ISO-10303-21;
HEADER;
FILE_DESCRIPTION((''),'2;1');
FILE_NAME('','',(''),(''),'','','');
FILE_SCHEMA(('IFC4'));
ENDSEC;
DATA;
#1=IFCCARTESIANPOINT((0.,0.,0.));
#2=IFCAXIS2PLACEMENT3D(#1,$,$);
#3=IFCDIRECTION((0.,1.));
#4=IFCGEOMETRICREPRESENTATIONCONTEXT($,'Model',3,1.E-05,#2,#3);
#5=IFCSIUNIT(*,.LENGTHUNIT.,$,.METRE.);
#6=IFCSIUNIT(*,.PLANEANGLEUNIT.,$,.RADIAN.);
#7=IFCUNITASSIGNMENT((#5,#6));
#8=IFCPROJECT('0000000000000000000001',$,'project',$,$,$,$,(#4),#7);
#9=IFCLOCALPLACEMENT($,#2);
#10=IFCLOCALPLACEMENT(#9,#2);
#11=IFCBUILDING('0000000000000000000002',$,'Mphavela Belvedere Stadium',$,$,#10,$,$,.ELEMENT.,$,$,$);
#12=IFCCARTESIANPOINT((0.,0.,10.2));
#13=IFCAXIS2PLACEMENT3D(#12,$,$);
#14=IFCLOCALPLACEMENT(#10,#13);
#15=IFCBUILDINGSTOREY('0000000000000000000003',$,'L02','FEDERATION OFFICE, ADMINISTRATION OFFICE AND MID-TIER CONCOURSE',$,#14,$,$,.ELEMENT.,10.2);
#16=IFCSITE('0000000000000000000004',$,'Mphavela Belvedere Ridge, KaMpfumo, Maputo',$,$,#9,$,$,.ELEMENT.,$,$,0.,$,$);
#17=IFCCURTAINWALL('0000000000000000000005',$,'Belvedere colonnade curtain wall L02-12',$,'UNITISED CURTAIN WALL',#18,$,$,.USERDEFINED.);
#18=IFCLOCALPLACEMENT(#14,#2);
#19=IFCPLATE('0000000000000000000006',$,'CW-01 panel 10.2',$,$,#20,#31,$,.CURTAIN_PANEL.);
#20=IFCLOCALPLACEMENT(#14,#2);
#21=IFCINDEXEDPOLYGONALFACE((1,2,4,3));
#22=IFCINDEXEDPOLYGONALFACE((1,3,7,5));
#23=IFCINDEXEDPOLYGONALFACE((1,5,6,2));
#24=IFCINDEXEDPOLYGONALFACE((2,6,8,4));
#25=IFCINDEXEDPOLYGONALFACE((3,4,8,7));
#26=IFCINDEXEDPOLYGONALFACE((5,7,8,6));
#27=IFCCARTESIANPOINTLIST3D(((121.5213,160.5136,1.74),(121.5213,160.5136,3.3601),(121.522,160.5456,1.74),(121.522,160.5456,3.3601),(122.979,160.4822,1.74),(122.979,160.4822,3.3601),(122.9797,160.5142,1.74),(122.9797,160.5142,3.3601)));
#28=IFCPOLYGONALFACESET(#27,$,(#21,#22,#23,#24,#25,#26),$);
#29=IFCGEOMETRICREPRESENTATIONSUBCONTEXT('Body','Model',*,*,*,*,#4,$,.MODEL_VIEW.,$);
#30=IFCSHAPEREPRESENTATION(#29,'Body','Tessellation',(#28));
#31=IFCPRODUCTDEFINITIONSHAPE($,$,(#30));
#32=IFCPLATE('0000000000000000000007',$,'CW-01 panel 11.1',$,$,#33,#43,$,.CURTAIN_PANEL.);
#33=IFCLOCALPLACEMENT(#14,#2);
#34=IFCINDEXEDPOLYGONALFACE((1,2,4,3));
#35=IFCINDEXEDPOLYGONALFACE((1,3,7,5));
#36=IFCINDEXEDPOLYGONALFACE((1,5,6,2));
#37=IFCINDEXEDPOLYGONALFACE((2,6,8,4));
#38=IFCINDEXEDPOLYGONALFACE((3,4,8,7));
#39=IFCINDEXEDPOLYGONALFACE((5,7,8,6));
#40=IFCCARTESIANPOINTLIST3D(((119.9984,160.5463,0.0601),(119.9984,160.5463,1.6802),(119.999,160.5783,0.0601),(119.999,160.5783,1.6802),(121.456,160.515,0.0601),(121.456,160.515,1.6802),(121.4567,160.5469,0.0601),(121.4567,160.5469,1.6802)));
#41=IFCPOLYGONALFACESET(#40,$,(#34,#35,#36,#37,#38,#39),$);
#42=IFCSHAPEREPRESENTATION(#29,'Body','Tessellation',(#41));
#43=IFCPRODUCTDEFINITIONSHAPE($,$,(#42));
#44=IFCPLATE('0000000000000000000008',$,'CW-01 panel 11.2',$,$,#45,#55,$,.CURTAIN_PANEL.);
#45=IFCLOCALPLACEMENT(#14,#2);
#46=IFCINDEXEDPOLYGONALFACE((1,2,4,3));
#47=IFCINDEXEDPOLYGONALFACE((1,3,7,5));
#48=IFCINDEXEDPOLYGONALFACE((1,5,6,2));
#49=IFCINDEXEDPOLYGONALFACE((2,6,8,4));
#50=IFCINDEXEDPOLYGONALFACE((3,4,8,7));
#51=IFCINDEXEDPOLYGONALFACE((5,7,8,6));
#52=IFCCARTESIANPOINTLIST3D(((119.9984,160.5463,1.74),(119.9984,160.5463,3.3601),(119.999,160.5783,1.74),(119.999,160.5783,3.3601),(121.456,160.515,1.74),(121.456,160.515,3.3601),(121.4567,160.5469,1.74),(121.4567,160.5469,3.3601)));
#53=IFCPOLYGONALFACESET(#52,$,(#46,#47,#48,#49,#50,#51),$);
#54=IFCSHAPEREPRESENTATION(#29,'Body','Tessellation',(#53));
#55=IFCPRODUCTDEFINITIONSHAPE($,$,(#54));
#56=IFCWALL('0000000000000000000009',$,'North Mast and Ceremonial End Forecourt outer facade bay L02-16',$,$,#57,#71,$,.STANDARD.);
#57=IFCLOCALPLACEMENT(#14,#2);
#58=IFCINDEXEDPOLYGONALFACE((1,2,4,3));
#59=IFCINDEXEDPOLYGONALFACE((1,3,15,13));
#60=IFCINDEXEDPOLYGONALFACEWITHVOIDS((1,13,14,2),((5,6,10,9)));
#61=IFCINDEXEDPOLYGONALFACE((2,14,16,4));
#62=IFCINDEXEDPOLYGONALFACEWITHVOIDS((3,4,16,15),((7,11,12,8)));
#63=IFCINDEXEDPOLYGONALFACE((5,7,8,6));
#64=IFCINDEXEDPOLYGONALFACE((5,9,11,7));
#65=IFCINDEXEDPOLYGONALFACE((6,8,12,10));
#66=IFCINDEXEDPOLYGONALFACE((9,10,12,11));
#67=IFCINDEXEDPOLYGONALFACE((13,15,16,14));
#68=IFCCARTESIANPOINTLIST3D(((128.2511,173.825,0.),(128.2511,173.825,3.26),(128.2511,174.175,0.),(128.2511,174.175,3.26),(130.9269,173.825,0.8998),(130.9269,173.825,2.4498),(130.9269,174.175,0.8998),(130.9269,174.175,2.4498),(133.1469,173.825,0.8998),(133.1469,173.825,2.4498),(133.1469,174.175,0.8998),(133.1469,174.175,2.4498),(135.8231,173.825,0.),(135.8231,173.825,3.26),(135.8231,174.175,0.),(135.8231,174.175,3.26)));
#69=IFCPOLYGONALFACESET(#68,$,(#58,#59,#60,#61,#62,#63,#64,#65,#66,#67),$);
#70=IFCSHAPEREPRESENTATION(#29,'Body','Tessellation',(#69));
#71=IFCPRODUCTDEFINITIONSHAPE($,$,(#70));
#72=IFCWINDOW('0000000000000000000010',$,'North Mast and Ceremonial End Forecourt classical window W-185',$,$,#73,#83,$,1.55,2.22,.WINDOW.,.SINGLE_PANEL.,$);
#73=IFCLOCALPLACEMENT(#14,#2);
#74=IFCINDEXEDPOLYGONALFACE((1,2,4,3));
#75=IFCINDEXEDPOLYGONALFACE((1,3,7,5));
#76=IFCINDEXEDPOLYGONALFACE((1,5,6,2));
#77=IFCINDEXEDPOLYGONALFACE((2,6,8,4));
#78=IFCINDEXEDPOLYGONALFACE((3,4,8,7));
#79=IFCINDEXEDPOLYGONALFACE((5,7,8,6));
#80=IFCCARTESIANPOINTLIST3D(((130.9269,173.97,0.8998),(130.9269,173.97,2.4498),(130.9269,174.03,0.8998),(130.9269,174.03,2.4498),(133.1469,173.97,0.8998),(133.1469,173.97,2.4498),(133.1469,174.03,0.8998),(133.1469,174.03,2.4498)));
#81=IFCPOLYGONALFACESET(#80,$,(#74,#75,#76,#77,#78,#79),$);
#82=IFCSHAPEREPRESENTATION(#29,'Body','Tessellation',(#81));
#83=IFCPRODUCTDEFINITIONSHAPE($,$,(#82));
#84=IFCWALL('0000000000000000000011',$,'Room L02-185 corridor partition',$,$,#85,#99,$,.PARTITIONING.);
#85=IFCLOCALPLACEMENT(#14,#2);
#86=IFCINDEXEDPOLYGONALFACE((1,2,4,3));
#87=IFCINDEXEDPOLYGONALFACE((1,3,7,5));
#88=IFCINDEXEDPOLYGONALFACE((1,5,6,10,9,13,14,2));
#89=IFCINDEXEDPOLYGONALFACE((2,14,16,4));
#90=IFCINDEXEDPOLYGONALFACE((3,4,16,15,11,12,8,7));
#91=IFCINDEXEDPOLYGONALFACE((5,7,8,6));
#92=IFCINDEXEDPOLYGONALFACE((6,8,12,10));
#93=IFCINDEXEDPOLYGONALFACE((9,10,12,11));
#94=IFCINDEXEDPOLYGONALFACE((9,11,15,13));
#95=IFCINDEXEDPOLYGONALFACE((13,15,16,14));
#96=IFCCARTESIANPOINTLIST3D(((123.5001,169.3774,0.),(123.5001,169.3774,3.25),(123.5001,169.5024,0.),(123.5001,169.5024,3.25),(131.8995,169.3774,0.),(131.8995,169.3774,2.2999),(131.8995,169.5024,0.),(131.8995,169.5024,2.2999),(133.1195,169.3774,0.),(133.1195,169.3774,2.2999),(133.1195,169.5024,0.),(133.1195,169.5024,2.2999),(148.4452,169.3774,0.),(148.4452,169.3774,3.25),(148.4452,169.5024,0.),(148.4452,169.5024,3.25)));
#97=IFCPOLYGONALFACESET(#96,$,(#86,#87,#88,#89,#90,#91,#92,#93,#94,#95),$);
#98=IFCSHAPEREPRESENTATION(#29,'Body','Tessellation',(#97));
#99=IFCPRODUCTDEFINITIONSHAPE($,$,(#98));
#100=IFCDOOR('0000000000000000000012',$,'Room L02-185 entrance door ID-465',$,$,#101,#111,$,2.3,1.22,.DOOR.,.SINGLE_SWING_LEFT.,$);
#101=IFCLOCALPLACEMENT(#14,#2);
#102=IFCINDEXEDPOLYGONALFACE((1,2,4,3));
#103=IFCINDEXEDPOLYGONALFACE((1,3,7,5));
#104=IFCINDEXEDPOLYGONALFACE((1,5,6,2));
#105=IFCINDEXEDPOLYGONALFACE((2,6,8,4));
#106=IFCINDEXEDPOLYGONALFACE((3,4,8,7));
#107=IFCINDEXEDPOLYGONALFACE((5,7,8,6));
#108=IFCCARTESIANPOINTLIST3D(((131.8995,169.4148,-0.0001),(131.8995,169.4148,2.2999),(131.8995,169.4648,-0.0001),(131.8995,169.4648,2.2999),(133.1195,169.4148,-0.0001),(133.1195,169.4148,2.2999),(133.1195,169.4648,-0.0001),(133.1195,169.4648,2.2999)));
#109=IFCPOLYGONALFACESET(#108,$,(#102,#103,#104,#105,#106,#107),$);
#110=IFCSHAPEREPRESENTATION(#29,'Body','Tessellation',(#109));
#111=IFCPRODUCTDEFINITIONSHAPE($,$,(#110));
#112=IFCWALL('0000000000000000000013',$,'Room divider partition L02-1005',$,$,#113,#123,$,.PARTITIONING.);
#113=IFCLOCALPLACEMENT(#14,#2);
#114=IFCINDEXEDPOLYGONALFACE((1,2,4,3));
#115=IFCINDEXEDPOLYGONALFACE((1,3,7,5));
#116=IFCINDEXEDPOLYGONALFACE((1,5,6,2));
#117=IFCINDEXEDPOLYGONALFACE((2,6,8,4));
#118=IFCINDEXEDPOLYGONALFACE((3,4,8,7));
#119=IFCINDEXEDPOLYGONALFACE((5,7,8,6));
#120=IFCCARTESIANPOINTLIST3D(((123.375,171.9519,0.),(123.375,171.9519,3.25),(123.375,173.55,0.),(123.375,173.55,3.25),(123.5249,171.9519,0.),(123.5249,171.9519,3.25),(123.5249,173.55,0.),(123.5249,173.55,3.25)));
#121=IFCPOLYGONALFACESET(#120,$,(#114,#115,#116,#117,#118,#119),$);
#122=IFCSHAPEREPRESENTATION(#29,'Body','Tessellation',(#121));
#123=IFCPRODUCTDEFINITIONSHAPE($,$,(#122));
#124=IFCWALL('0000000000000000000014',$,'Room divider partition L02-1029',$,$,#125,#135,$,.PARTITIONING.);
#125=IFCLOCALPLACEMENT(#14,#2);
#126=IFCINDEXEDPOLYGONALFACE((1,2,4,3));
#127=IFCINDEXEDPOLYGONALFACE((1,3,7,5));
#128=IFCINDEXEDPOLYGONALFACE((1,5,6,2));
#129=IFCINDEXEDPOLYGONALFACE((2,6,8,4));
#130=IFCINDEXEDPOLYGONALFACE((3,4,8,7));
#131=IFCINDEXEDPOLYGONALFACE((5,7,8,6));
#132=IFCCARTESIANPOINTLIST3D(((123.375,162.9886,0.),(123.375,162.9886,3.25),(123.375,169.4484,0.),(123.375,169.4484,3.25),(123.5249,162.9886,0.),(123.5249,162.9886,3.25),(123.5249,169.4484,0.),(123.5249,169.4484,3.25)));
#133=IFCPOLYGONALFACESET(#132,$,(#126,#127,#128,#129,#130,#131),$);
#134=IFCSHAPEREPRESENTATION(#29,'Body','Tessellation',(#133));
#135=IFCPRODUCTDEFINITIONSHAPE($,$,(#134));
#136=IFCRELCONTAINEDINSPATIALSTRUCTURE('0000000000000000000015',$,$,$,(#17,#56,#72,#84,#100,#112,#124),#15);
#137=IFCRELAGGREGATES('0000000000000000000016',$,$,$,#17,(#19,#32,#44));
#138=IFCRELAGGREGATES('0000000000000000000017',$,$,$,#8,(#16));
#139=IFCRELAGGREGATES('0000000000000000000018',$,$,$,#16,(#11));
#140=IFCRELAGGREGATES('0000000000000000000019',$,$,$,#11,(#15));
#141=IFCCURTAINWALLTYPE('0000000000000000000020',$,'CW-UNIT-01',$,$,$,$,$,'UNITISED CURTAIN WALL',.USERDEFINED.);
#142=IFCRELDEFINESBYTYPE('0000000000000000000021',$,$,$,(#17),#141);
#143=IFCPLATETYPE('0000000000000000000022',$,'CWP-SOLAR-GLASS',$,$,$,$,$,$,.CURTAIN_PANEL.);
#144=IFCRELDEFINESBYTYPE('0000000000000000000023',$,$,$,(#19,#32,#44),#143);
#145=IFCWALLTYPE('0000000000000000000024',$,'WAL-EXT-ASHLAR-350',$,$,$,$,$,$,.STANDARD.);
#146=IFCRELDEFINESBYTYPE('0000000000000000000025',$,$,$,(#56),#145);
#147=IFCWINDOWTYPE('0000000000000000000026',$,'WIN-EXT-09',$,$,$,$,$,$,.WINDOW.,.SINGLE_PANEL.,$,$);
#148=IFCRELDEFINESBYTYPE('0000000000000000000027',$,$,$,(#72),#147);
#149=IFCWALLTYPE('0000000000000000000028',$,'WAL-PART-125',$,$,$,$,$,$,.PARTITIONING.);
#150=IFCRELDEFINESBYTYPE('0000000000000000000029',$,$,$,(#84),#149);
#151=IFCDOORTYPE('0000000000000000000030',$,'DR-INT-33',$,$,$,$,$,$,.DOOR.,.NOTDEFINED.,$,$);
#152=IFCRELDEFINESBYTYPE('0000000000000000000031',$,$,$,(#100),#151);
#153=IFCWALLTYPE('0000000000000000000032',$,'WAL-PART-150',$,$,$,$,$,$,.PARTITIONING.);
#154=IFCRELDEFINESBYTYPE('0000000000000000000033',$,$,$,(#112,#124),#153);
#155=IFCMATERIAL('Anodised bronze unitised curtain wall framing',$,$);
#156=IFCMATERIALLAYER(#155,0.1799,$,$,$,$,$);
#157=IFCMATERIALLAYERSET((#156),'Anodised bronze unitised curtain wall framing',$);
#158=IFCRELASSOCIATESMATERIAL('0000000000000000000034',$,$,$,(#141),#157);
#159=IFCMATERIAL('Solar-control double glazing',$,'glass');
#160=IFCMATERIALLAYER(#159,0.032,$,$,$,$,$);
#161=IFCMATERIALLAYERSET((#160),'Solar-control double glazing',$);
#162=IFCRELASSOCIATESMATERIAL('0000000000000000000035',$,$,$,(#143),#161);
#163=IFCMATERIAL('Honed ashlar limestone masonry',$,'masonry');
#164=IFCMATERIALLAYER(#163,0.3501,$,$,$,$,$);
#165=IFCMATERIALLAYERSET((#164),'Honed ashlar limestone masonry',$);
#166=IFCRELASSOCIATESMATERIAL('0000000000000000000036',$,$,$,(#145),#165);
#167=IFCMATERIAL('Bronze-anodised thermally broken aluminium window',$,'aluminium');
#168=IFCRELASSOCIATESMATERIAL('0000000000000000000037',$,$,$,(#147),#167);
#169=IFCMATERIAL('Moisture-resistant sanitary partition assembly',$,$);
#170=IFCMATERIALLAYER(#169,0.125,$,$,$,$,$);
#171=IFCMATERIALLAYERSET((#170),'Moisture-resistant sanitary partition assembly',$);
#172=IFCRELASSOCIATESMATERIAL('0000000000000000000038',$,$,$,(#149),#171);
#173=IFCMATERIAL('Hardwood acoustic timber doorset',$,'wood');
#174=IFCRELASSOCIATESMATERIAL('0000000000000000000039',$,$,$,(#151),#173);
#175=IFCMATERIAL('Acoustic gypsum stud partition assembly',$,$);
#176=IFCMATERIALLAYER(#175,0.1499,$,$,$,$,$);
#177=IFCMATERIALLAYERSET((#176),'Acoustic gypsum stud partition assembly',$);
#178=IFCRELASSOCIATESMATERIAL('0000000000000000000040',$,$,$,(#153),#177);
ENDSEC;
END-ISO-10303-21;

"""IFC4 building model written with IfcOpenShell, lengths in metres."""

from ifc_helpers import new_model, si_unit, direction, frame, frame_2d, origin, origin_2d, place, context, subcontext, project, spatial, rectangle, extrude, material, layer, layer_set, type_object, element, fill, aggregate, save


model = new_model("IFC4")

# Units and contexts
model_context = context("Model", 3, precision=1e-05, world=origin(), true_north=direction((0.0, 1.0)))
body_context = subcontext(model_context, "Body", "Model", "MODEL_VIEW")
ifc_project = project(units=[si_unit("LENGTHUNIT", "METRE"), si_unit("PLANEANGLEUNIT", "RADIAN")], contexts=[model_context])

# Site, building, storey
site_placement = place(None, origin())
site = spatial("IfcSite", under=ifc_project, at=site_placement, Name="Mphavela Belvedere Ridge, KaMpfumo, Maputo", CompositionType="ELEMENT", RefElevation=0.0)
building_placement = place(site_placement, origin())
building = spatial("IfcBuilding", under=site, at=building_placement, Name="Mphavela Belvedere Stadium", CompositionType="ELEMENT")
storey_placement = place(building_placement, frame((0.0, 0.0, 10.2)))
storey = spatial("IfcBuildingStorey", under=building, at=storey_placement, Name="L02", Description="FEDERATION OFFICE, ADMINISTRATION OFFICE AND MID-TIER CONCOURSE", CompositionType="ELEMENT", Elevation=10.2)

# Curtain wall, plates
ifc_material_1 = material(Name="Anodised bronze unitised curtain wall framing")
ifc_layer_1 = layer(ifc_material_1, 0.1799)
ifc_layer_set_1 = layer_set([ifc_layer_1], Name="Anodised bronze unitised curtain wall framing")
curtain_wall_type = type_object("IfcCurtainWallType", Name="CW-UNIT-01", ElementType="UNITISED CURTAIN WALL", PredefinedType="USERDEFINED", material=ifc_layer_set_1)
curtain_wall_placement = place(storey_placement, origin())
curtain_wall = element("IfcCurtainWall", 1, at=curtain_wall_placement, inside=storey, type_object=curtain_wall_type, Name="Belvedere colonnade curtain wall L02-12", ObjectType="UNITISED CURTAIN WALL", PredefinedType="USERDEFINED")
ifc_material_2 = material(Name="Solar-control double glazing", Category="glass")
ifc_layer_2 = layer(ifc_material_2, 0.032)
ifc_layer_set_2 = layer_set([ifc_layer_2], Name="Solar-control double glazing")
plate_type = type_object("IfcPlateType", Name="CWP-SOLAR-GLASS", PredefinedType="CURTAIN_PANEL", material=ifc_layer_set_2)
plate_1_placement = place(storey_placement, frame((122.2505, 160.5139, 1.74), z_axis=(0.0, 0.0, 1.0), x_axis=(-0.999768, 0.021525, 0.0)))
plate_1 = element("IfcPlate", 2, at=plate_1_placement, type_object=plate_type, Name="CW-01 panel 10.2", PredefinedType="CURTAIN_PANEL", context=body_context, shape_type="SweptSolid", body=[
    extrude(rectangle(XDim=1.458, YDim=0.032, at=origin_2d()), origin(), (0.0, 0.0, 1.0), 1.6201),
])
plate_2_placement = place(storey_placement, frame((120.7275, 160.5466, 0.0601), z_axis=(0.0, 0.0, 1.0), x_axis=(-0.999768, 0.021525, 0.0)))
plate_2 = element("IfcPlate", 3, at=plate_2_placement, type_object=plate_type, Name="CW-01 panel 11.1", PredefinedType="CURTAIN_PANEL", context=body_context, shape_type="SweptSolid", body=[
    extrude(rectangle(XDim=1.458, YDim=0.032, at=origin_2d()), origin(), (0.0, 0.0, 1.0), 1.6201),
])
plate_3_placement = place(storey_placement, frame((120.7275, 160.5466, 1.74), z_axis=(0.0, 0.0, 1.0), x_axis=(-0.999768, 0.021525, 0.0)))
plate_3 = element("IfcPlate", 4, at=plate_3_placement, type_object=plate_type, Name="CW-01 panel 11.2", PredefinedType="CURTAIN_PANEL", context=body_context, shape_type="SweptSolid", body=[
    extrude(rectangle(XDim=1.458, YDim=0.032, at=origin_2d()), origin(), (0.0, 0.0, 1.0), 1.6201),
])
aggregate(curtain_wall, [plate_1, plate_2, plate_3])

# Wall, opening, window
ifc_material_3 = material(Name="Honed ashlar limestone masonry", Category="masonry")
ifc_layer_3 = layer(ifc_material_3, 0.3501)
ifc_layer_set_3 = layer_set([ifc_layer_3], Name="Honed ashlar limestone masonry")
wall_type_1 = type_object("IfcWallType", Name="WAL-EXT-ASHLAR-350", PredefinedType="STANDARD", material=ifc_layer_set_3)
wall_1_placement = place(storey_placement, frame((128.251, 174.0, 0.0), z_axis=(0.0, 0.0, 1.0), x_axis=(1.0, 0.0, 0.0)))
wall_1 = element("IfcWall", 5, at=wall_1_placement, inside=storey, type_object=wall_type_1, Name="North Mast and Ceremonial End Forecourt outer facade bay L02-16", PredefinedType="STANDARD", context=body_context, shape_type="SweptSolid", body=[
    extrude(rectangle(XDim=7.572, YDim=0.3501, at=frame_2d((3.7861, 0.0))), origin(), (0.0, 0.0, 1.0), 3.26),
])
opening_1_placement = place(wall_1_placement, frame((2.676, 0.0, 0.8999)))
opening_1 = element("IfcOpeningElement", 6, at=opening_1_placement, cuts=wall_1, PredefinedType="OPENING", context=body_context, shape_type="SweptSolid", body=[
    extrude(rectangle(XDim=2.22, YDim=1.55, at=frame_2d((1.1099, 0.7749))), frame((0.0, 0.1851, 0.0), z_axis=(0.0, -1.0, 0.0), x_axis=(1.0, 0.0, 0.0)), (0.0, 0.0, 1.0), 0.3701),
])
ifc_material_4 = material(Name="Bronze-anodised thermally broken aluminium window", Category="aluminium")
window_type = type_object("IfcWindowType", Name="WIN-EXT-09", PartitioningType="SINGLE_PANEL", PredefinedType="WINDOW", material=ifc_material_4)
window_placement = place(opening_1_placement, origin())
window = element("IfcWindow", 7, at=window_placement, inside=storey, type_object=window_type, Name="North Mast and Ceremonial End Forecourt classical window W-185", OverallHeight=1.55, OverallWidth=2.22, PartitioningType="SINGLE_PANEL", PredefinedType="WINDOW", context=body_context, shape_type="SweptSolid", body=[
    extrude(rectangle(XDim=2.22, YDim=1.55, at=frame_2d((1.1099, 0.7749))), frame((0.0, 0.03, 0.0), z_axis=(0.0, -1.0, 0.0), x_axis=(1.0, 0.0, 0.0)), (0.0, 0.0, 1.0), 0.0601),
])
fill(opening_1, window)

# Wall, opening, door
ifc_material_5 = material(Name="Moisture-resistant sanitary partition assembly")
ifc_layer_4 = layer(ifc_material_5, 0.125)
ifc_layer_set_4 = layer_set([ifc_layer_4], Name="Moisture-resistant sanitary partition assembly")
wall_type_2 = type_object("IfcWallType", Name="WAL-PART-125", PredefinedType="PARTITIONING", material=ifc_layer_set_4)
wall_2_placement = place(storey_placement, frame((123.5, 169.4399, 0.0), z_axis=(0.0, 0.0, 1.0), x_axis=(1.0, 0.0, 0.0)))
wall_2 = element("IfcWall", 8, at=wall_2_placement, inside=storey, type_object=wall_type_2, Name="Room L02-185 corridor partition", PredefinedType="PARTITIONING", context=body_context, shape_type="SweptSolid", body=[
    extrude(rectangle(XDim=24.9451, YDim=0.125, at=frame_2d((12.4727, 0.0))), origin(), (0.0, 0.0, 1.0), 3.25),
])
opening_2_placement = place(wall_2_placement, frame((8.3997, 0.0, 0.0)))
opening_2 = element("IfcOpeningElement", 9, at=opening_2_placement, cuts=wall_2, PredefinedType="OPENING", context=body_context, shape_type="SweptSolid", body=[
    extrude(rectangle(XDim=1.22, YDim=2.3, at=frame_2d((0.6099, 1.1499))), frame((0.0, 0.0725, 0.0), z_axis=(0.0, -1.0, 0.0), x_axis=(1.0, 0.0, 0.0)), (0.0, 0.0, 1.0), 0.145),
])
ifc_material_6 = material(Name="Hardwood acoustic timber doorset", Category="wood")
door_type = type_object("IfcDoorType", Name="DR-INT-33", OperationType="NOTDEFINED", PredefinedType="DOOR", material=ifc_material_6)
door_placement = place(opening_2_placement, origin())
door = element("IfcDoor", 10, at=door_placement, inside=storey, type_object=door_type, Name="Room L02-185 entrance door ID-465", OperationType="SINGLE_SWING_LEFT", OverallHeight=2.3, OverallWidth=1.22, PredefinedType="DOOR", context=body_context, shape_type="SweptSolid", body=[
    extrude(rectangle(XDim=1.22, YDim=2.3, at=frame_2d((0.6099, 1.1499))), frame((0.0, 0.0249, 0.0), z_axis=(0.0, -1.0, 0.0), x_axis=(1.0, 0.0, 0.0)), (0.0, 0.0, 1.0), 0.05),
])
fill(opening_2, door)

# Walls
ifc_material_7 = material(Name="Acoustic gypsum stud partition assembly")
ifc_layer_5 = layer(ifc_material_7, 0.1499)
ifc_layer_set_5 = layer_set([ifc_layer_5], Name="Acoustic gypsum stud partition assembly")
wall_type_3 = type_object("IfcWallType", Name="WAL-PART-150", PredefinedType="PARTITIONING", material=ifc_layer_set_5)
wall_3_placement = place(storey_placement, frame((123.45, 171.9519, 0.0), z_axis=(0.0, 0.0, 1.0), x_axis=(0.0, 1.0, 0.0)))
element("IfcWall", 11, at=wall_3_placement, inside=storey, type_object=wall_type_3, Name="Room divider partition L02-1005", PredefinedType="PARTITIONING", context=body_context, shape_type="SweptSolid", body=[
    extrude(rectangle(XDim=1.5981, YDim=0.1499, at=frame_2d((0.7991, 0.0))), origin(), (0.0, 0.0, 1.0), 3.25),
])
wall_4_placement = place(storey_placement, frame((123.45, 162.9885, 0.0), z_axis=(0.0, 0.0, 1.0), x_axis=(0.0, 1.0, 0.0)))
element("IfcWall", 12, at=wall_4_placement, inside=storey, type_object=wall_type_3, Name="Room divider partition L02-1029", PredefinedType="PARTITIONING", context=body_context, shape_type="SweptSolid", body=[
    extrude(rectangle(XDim=6.4597, YDim=0.1499, at=frame_2d((3.23, 0.0))), origin(), (0.0, 0.0, 1.0), 3.25),
])

save(model, "model.ifc")
